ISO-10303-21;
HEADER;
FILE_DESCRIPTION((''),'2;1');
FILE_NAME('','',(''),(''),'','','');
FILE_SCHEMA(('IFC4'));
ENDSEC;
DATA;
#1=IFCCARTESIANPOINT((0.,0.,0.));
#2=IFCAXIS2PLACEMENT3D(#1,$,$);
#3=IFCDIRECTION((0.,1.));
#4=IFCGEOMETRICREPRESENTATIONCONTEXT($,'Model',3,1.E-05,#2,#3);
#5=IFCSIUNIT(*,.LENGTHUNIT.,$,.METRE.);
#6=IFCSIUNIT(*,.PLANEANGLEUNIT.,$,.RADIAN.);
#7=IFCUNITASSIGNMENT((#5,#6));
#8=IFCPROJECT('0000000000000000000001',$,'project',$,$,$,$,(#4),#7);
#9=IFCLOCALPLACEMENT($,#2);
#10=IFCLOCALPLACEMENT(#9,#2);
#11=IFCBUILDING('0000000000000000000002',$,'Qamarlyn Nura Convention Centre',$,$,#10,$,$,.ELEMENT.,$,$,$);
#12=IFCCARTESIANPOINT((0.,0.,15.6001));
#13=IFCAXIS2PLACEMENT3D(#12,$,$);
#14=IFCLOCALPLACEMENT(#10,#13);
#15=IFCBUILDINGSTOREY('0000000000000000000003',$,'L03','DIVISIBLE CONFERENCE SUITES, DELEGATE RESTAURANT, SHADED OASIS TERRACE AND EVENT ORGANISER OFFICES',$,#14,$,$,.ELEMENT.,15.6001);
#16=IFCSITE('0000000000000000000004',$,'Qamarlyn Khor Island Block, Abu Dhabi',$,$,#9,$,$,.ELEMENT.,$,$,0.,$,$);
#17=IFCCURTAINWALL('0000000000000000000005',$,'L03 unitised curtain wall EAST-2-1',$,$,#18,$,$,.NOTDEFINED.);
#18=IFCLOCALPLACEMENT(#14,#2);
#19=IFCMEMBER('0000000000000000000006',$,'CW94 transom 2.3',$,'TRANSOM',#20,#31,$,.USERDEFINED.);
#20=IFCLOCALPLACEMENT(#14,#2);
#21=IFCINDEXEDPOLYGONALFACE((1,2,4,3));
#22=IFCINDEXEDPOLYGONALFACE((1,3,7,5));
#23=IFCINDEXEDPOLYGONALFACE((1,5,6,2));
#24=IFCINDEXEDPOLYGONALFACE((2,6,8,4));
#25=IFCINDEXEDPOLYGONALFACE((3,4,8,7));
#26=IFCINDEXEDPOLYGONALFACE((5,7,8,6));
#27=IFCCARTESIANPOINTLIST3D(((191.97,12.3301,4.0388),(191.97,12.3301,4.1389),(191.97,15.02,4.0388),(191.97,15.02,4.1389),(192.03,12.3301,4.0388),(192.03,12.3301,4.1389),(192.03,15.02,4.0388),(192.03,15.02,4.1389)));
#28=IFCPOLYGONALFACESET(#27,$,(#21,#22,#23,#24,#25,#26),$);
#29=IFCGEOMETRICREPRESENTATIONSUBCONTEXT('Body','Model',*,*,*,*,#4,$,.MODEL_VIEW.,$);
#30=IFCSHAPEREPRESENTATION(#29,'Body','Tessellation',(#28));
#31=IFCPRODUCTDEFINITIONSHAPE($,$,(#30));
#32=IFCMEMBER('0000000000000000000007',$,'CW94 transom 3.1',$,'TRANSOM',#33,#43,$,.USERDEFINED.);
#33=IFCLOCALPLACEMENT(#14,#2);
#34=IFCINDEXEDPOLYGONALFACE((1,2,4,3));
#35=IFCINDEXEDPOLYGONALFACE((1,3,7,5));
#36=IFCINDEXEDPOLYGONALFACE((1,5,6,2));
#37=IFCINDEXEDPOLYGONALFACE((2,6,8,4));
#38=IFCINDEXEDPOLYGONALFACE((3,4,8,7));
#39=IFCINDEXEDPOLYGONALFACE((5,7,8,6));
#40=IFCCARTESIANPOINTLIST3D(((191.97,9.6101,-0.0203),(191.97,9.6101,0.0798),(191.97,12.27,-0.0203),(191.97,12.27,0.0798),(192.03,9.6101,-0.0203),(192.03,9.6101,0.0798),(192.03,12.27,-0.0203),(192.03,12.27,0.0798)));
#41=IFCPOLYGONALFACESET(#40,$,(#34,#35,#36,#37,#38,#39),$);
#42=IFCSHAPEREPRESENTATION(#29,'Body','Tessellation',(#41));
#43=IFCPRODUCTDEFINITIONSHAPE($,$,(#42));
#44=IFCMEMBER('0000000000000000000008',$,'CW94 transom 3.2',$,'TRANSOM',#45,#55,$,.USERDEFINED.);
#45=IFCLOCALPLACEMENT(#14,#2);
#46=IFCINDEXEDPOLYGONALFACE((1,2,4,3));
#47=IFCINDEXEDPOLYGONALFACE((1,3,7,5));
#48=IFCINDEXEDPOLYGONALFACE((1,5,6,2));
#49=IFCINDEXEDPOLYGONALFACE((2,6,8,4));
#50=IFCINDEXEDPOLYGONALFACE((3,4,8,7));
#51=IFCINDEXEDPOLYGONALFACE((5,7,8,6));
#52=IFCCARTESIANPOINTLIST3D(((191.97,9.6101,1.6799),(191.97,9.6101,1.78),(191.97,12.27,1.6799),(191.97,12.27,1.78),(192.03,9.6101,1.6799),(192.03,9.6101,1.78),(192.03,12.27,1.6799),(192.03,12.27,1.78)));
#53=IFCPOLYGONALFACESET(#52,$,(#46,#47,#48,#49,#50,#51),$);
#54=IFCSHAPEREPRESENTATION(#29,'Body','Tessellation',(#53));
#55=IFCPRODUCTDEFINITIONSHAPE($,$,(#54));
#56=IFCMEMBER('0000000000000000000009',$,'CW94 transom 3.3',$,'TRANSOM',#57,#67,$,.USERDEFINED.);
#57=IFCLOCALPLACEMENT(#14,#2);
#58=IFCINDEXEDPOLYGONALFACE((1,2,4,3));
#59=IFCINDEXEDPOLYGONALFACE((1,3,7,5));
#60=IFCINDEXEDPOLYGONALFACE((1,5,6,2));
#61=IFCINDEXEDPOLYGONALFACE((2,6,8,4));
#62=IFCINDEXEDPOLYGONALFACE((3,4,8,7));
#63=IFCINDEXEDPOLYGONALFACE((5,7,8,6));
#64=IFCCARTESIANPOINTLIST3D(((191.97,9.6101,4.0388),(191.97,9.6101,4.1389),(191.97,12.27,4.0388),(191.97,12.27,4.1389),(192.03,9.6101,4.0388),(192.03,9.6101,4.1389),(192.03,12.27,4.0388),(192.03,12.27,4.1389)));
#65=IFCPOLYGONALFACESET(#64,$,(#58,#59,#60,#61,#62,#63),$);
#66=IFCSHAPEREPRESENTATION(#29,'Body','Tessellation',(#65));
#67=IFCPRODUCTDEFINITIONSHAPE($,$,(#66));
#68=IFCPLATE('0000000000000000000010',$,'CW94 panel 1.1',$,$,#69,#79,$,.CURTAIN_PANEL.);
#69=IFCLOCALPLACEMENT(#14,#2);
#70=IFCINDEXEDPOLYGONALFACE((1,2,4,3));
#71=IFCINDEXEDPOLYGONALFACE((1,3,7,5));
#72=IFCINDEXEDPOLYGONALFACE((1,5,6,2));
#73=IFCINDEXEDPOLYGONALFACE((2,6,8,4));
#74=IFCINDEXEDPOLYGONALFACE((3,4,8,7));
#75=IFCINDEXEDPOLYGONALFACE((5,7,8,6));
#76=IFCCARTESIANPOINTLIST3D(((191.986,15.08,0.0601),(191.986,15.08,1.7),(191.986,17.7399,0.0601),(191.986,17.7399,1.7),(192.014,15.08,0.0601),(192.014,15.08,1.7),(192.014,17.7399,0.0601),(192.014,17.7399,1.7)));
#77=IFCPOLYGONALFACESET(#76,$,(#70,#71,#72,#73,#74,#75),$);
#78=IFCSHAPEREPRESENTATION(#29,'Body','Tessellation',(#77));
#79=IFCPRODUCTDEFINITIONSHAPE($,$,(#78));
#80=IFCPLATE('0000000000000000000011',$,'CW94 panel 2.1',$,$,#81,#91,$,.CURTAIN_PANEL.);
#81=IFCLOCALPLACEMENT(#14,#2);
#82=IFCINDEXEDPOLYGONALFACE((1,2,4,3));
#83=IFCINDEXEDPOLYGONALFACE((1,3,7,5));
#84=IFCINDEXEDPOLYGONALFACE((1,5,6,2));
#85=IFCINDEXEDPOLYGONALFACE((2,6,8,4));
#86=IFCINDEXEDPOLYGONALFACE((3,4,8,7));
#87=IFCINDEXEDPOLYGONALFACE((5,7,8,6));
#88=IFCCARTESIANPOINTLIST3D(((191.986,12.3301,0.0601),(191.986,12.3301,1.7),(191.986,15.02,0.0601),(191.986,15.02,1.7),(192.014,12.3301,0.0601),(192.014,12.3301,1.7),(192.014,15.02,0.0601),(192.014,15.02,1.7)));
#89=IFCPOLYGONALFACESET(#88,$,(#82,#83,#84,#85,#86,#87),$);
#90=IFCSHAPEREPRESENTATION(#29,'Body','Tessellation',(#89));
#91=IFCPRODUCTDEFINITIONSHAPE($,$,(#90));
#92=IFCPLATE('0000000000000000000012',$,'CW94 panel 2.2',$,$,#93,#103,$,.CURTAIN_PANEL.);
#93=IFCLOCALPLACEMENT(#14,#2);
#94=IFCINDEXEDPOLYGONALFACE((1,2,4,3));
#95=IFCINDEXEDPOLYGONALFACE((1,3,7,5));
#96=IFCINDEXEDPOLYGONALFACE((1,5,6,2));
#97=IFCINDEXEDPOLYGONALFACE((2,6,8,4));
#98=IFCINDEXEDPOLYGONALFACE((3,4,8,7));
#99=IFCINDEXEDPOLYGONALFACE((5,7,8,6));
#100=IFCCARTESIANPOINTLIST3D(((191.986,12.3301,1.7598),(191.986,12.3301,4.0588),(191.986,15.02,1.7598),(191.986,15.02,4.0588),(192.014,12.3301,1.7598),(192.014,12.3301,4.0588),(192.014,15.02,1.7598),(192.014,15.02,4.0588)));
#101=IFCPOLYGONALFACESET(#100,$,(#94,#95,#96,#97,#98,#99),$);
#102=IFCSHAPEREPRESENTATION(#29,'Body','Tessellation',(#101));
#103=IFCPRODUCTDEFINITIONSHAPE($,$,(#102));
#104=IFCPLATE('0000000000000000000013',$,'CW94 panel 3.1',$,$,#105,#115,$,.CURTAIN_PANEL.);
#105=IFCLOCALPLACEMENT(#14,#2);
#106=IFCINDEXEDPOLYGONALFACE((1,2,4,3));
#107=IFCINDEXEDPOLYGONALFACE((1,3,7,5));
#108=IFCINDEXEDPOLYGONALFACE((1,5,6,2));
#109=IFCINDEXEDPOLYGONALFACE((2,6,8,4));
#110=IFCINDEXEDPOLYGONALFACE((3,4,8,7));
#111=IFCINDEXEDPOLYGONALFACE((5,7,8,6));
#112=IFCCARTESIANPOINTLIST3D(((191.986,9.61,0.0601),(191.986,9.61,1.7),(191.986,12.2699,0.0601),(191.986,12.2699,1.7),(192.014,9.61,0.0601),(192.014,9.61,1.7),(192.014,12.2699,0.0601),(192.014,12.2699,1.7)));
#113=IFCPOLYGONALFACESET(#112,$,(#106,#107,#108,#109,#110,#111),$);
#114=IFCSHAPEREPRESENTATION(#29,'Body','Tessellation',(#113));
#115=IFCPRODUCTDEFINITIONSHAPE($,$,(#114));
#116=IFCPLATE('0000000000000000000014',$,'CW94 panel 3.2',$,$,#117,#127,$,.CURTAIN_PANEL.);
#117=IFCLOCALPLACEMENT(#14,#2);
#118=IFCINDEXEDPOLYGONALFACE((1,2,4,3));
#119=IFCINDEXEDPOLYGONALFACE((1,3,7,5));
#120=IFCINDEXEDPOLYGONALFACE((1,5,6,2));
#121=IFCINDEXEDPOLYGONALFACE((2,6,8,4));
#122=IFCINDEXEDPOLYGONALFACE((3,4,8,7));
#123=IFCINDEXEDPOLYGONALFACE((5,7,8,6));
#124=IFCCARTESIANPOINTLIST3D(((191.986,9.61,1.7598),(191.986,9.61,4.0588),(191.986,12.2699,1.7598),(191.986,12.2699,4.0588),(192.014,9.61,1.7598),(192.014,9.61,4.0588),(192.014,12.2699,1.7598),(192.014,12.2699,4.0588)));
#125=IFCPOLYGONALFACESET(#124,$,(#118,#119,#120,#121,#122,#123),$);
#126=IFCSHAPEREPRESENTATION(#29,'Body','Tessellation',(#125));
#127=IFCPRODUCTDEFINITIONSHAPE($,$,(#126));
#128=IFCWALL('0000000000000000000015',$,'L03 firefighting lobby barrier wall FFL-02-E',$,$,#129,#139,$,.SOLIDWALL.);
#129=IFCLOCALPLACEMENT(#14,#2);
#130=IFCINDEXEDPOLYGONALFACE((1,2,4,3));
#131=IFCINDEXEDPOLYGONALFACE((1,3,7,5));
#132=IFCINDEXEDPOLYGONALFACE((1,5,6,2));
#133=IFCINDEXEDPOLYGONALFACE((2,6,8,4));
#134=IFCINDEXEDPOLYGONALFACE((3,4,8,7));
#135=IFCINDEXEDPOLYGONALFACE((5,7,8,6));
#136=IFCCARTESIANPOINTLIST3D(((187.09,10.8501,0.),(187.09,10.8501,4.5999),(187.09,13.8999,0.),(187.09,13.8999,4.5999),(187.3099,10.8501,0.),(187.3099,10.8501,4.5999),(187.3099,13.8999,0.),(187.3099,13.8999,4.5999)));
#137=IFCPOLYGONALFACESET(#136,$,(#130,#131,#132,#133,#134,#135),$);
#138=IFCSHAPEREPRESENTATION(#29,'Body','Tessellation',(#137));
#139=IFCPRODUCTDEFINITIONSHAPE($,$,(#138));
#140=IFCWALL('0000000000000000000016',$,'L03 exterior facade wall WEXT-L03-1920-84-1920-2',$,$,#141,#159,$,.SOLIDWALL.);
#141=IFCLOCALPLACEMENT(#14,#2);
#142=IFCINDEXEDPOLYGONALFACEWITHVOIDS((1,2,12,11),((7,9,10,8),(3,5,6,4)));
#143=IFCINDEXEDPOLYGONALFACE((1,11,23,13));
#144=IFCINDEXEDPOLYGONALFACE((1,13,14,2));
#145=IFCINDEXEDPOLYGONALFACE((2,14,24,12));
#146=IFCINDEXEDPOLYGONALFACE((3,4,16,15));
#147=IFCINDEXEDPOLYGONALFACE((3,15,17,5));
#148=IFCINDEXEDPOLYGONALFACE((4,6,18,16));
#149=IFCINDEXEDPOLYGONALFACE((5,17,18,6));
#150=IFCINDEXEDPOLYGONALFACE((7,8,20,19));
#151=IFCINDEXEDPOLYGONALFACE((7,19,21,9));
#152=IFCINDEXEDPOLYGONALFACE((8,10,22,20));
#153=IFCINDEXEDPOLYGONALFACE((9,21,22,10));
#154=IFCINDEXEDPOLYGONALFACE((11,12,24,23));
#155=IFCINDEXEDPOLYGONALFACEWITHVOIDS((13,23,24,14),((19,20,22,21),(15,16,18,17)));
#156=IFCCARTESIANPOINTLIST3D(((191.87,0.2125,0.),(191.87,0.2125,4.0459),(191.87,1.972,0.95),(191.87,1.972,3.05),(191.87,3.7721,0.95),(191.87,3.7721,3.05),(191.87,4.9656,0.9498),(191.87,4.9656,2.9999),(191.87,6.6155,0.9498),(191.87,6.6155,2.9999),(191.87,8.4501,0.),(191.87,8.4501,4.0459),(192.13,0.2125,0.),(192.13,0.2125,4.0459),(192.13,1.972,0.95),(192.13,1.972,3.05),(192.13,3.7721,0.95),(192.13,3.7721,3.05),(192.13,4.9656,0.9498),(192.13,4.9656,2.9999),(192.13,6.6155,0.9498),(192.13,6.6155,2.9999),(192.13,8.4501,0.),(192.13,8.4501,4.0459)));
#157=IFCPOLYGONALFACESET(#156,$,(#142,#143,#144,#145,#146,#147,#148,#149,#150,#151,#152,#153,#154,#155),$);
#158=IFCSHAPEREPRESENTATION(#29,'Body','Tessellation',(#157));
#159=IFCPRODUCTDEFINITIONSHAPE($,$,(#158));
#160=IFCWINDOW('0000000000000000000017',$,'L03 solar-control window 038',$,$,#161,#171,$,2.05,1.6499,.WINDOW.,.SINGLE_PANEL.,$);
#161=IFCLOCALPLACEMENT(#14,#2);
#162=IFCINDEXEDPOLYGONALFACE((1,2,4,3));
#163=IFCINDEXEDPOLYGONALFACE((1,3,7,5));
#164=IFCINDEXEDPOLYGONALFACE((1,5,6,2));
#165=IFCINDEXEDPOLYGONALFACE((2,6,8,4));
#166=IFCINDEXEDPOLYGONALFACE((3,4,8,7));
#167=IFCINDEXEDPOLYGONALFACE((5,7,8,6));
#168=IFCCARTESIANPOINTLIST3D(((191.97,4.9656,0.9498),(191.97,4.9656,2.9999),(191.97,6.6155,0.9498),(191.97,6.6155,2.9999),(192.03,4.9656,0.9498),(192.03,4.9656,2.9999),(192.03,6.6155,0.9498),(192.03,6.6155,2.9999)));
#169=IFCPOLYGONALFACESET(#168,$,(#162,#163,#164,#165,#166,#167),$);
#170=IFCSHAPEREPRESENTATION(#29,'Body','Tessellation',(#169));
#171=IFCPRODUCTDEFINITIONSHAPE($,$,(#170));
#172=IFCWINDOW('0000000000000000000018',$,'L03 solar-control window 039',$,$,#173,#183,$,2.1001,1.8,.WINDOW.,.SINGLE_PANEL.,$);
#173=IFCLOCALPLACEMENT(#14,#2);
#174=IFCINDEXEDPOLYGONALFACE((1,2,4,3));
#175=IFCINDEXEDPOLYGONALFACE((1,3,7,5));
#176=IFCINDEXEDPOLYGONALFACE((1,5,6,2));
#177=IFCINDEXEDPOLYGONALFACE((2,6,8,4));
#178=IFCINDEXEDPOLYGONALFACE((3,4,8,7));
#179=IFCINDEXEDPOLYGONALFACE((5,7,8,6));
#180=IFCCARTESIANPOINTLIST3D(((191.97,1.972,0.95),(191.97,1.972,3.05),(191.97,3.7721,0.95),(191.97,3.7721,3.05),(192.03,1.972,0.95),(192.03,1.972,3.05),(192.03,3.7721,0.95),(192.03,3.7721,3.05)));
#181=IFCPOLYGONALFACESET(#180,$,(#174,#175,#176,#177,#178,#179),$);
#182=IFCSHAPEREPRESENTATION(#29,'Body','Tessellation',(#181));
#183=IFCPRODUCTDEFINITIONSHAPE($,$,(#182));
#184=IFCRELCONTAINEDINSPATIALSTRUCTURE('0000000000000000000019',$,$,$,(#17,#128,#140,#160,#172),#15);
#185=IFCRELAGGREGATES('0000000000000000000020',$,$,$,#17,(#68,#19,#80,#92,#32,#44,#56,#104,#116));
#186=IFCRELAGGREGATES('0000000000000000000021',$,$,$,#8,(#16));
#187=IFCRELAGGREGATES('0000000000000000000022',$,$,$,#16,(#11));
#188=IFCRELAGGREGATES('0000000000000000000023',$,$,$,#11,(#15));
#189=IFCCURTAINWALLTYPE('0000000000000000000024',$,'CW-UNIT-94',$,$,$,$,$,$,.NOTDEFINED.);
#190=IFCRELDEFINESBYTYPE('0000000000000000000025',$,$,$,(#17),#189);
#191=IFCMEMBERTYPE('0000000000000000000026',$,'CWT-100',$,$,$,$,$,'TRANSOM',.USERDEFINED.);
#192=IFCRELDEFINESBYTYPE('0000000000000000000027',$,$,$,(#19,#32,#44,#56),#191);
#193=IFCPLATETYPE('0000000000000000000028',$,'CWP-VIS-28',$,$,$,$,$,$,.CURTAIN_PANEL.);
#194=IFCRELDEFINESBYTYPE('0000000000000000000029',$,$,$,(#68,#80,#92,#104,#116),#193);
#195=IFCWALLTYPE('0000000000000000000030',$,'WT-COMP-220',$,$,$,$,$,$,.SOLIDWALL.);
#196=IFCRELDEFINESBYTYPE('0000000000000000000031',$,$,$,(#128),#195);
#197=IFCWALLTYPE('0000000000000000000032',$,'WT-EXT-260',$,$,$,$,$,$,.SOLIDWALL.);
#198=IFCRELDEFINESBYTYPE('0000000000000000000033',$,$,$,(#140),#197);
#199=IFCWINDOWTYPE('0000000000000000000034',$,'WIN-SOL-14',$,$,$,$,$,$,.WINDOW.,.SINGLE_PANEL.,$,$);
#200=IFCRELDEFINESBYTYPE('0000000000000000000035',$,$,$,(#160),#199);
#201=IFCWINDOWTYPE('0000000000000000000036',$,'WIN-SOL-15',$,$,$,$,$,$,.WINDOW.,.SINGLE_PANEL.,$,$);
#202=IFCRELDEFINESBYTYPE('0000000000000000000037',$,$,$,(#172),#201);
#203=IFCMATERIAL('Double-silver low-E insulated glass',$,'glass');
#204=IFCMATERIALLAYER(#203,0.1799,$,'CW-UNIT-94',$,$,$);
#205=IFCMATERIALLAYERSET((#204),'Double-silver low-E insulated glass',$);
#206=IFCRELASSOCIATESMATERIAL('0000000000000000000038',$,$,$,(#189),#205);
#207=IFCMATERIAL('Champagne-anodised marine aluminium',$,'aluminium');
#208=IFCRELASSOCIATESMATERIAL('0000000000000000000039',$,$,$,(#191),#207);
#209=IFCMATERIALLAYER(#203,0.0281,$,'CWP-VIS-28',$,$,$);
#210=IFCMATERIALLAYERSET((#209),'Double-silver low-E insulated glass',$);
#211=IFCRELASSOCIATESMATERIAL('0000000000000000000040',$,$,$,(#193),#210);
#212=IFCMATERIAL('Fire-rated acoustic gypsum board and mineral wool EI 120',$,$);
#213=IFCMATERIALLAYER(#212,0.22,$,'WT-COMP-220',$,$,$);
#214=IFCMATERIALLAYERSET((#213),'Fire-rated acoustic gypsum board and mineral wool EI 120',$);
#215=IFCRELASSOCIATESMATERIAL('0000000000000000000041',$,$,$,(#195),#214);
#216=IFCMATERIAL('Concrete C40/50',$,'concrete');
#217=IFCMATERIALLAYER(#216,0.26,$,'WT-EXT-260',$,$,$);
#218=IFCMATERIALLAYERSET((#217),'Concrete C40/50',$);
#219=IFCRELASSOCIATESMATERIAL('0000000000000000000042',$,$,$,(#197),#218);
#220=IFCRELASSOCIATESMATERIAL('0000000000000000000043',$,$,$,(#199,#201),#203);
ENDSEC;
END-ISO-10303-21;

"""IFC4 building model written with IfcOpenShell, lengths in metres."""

from ifc_helpers import new_model, si_unit, direction, frame, frame_2d, origin, origin_2d, place, context, subcontext, project, spatial, rectangle, extrude, material, layer, layer_set, material_profile, profile_set, type_object, element, fill, aggregate, save


model = new_model("IFC4")

# Units and contexts
model_context = context("Model", 3, precision=1e-05, world=origin(), true_north=direction((0.0, 1.0)))
body_context = subcontext(model_context, "Body", "Model", "MODEL_VIEW")
ifc_project = project(units=[si_unit("LENGTHUNIT", "METRE"), si_unit("PLANEANGLEUNIT", "RADIAN")], contexts=[model_context])

# Site, building, storey
site_placement = place(None, origin())
site = spatial("IfcSite", under=ifc_project, at=site_placement, Name="Qamarlyn Khor Island Block, Abu Dhabi", CompositionType="ELEMENT", RefElevation=0.0)
building_placement = place(site_placement, origin())
building = spatial("IfcBuilding", under=site, at=building_placement, Name="Qamarlyn Nura Convention Centre", CompositionType="ELEMENT")
storey_placement = place(building_placement, frame((0.0, 0.0, 15.6001)))
storey = spatial("IfcBuildingStorey", under=building, at=storey_placement, Name="L03", Description="DIVISIBLE CONFERENCE SUITES, DELEGATE RESTAURANT, SHADED OASIS TERRACE AND EVENT ORGANISER OFFICES", CompositionType="ELEMENT", Elevation=15.6001)

# Curtain wall, members, plates
ifc_material_1 = material(Name="Double-silver low-E insulated glass", Category="glass")
ifc_layer_1 = layer(ifc_material_1, 0.1799, Name="CW-UNIT-94")
ifc_layer_set_1 = layer_set([ifc_layer_1], Name="Double-silver low-E insulated glass")
curtain_wall_type = type_object("IfcCurtainWallType", Name="CW-UNIT-94", PredefinedType="NOTDEFINED", material=ifc_layer_set_1)
curtain_wall_placement = place(storey_placement, origin())
curtain_wall = element("IfcCurtainWall", 1, at=curtain_wall_placement, inside=storey, type_object=curtain_wall_type, Name="L03 unitised curtain wall EAST-2-1", PredefinedType="NOTDEFINED")
ifc_material_2 = material(Name="Champagne-anodised marine aluminium", Category="aluminium")
ifc_material_profile_1 = material_profile(ifc_material_2, rectangle(XDim=0.0601, YDim=0.1001, at=origin_2d()), Name="ALU TRANSOM 60x100")
ifc_profile_set_1 = profile_set([ifc_material_profile_1], Name="Champagne-anodised marine aluminium")
member_type_1 = type_object("IfcMemberType", Name="CWT-100", ElementType="TRANSOM", PredefinedType="USERDEFINED", material=ifc_profile_set_1)
member_1_placement = place(storey_placement, frame((192.0, 15.02, 4.0889), z_axis=(0.0, -1.0, 0.0), x_axis=(1.0, 0.0, 0.0)))
member_1 = element("IfcMember", 2, at=member_1_placement, type_object=member_type_1, Name="CW94 transom 2.3", ObjectType="TRANSOM", PredefinedType="USERDEFINED", context=body_context, shape_type="SweptSolid", body=[
    extrude(rectangle(XDim=0.0601, YDim=0.1001, at=origin_2d()), origin(), (0.0, 0.0, 1.0), 2.6899),
])
member_2_placement = place(storey_placement, frame((192.0, 12.27, 0.0298), z_axis=(0.0, -1.0, 0.0), x_axis=(1.0, 0.0, 0.0)))
member_2 = element("IfcMember", 3, at=member_2_placement, type_object=member_type_1, Name="CW94 transom 3.1", ObjectType="TRANSOM", PredefinedType="USERDEFINED", context=body_context, shape_type="SweptSolid", body=[
    extrude(rectangle(XDim=0.0601, YDim=0.1001, at=origin_2d()), origin(), (0.0, 0.0, 1.0), 2.6599),
])
member_3_placement = place(storey_placement, frame((192.0, 12.27, 1.73), z_axis=(0.0, -1.0, 0.0), x_axis=(1.0, 0.0, 0.0)))
member_3 = element("IfcMember", 4, at=member_3_placement, type_object=member_type_1, Name="CW94 transom 3.2", ObjectType="TRANSOM", PredefinedType="USERDEFINED", context=body_context, shape_type="SweptSolid", body=[
    extrude(rectangle(XDim=0.0601, YDim=0.1001, at=origin_2d()), origin(), (0.0, 0.0, 1.0), 2.6599),
])
member_4_placement = place(storey_placement, frame((192.0, 12.27, 4.0889), z_axis=(0.0, -1.0, 0.0), x_axis=(1.0, 0.0, 0.0)))
member_4 = element("IfcMember", 5, at=member_4_placement, type_object=member_type_1, Name="CW94 transom 3.3", ObjectType="TRANSOM", PredefinedType="USERDEFINED", context=body_context, shape_type="SweptSolid", body=[
    extrude(rectangle(XDim=0.0601, YDim=0.1001, at=origin_2d()), origin(), (0.0, 0.0, 1.0), 2.6599),
])
ifc_layer_2 = layer(ifc_material_1, 0.0281, Name="CWP-VIS-28")
ifc_layer_set_2 = layer_set([ifc_layer_2], Name="Double-silver low-E insulated glass")
plate_type = type_object("IfcPlateType", Name="CWP-VIS-28", PredefinedType="CURTAIN_PANEL", material=ifc_layer_set_2)
plate_1_placement = place(storey_placement, frame((192.0, 16.4099, 0.0601), z_axis=(0.0, 0.0, 1.0), x_axis=(0.0, -1.0, 0.0)))
plate_1 = element("IfcPlate", 6, at=plate_1_placement, type_object=plate_type, Name="CW94 panel 1.1", PredefinedType="CURTAIN_PANEL", context=body_context, shape_type="SweptSolid", body=[
    extrude(rectangle(XDim=2.6599, YDim=0.0281, at=origin_2d()), origin(), (0.0, 0.0, 1.0), 1.6399),
])
plate_2_placement = place(storey_placement, frame((192.0, 13.675, 0.0601), z_axis=(0.0, 0.0, 1.0), x_axis=(0.0, -1.0, 0.0)))
plate_2 = element("IfcPlate", 7, at=plate_2_placement, type_object=plate_type, Name="CW94 panel 2.1", PredefinedType="CURTAIN_PANEL", context=body_context, shape_type="SweptSolid", body=[
    extrude(rectangle(XDim=2.6899, YDim=0.0281, at=origin_2d()), origin(), (0.0, 0.0, 1.0), 1.6399),
])
plate_3_placement = place(storey_placement, frame((192.0, 13.675, 1.7598), z_axis=(0.0, 0.0, 1.0), x_axis=(0.0, -1.0, 0.0)))
plate_3 = element("IfcPlate", 8, at=plate_3_placement, type_object=plate_type, Name="CW94 panel 2.2", PredefinedType="CURTAIN_PANEL", context=body_context, shape_type="SweptSolid", body=[
    extrude(rectangle(XDim=2.6899, YDim=0.0281, at=origin_2d()), origin(), (0.0, 0.0, 1.0), 2.2991),
])
plate_4_placement = place(storey_placement, frame((192.0, 10.9399, 0.0601), z_axis=(0.0, 0.0, 1.0), x_axis=(0.0, -1.0, 0.0)))
plate_4 = element("IfcPlate", 9, at=plate_4_placement, type_object=plate_type, Name="CW94 panel 3.1", PredefinedType="CURTAIN_PANEL", context=body_context, shape_type="SweptSolid", body=[
    extrude(rectangle(XDim=2.6599, YDim=0.0281, at=origin_2d()), origin(), (0.0, 0.0, 1.0), 1.6399),
])
plate_5_placement = place(storey_placement, frame((192.0, 10.9399, 1.7598), z_axis=(0.0, 0.0, 1.0), x_axis=(0.0, -1.0, 0.0)))
plate_5 = element("IfcPlate", 10, at=plate_5_placement, type_object=plate_type, Name="CW94 panel 3.2", PredefinedType="CURTAIN_PANEL", context=body_context, shape_type="SweptSolid", body=[
    extrude(rectangle(XDim=2.6599, YDim=0.0281, at=origin_2d()), origin(), (0.0, 0.0, 1.0), 2.2991),
])
aggregate(curtain_wall, [plate_1, member_1, plate_2, plate_3, member_2, member_3, member_4, plate_4, plate_5])

# Wall
ifc_material_3 = material(Name="Fire-rated acoustic gypsum board and mineral wool EI 120")
ifc_layer_3 = layer(ifc_material_3, 0.22, Name="WT-COMP-220")
ifc_layer_set_3 = layer_set([ifc_layer_3], Name="Fire-rated acoustic gypsum board and mineral wool EI 120")
wall_type_1 = type_object("IfcWallType", Name="WT-COMP-220", PredefinedType="SOLIDWALL", material=ifc_layer_set_3)
wall_1_placement = place(storey_placement, frame((187.2, 10.8501, 0.0), z_axis=(0.0, 0.0, 1.0), x_axis=(0.0, 1.0, 0.0)))
element("IfcWall", 11, at=wall_1_placement, inside=storey, type_object=wall_type_1, Name="L03 firefighting lobby barrier wall FFL-02-E", PredefinedType="SOLIDWALL", context=body_context, shape_type="SweptSolid", body=[
    extrude(rectangle(XDim=3.0498, YDim=0.22, at=frame_2d((1.5249, 0.0))), origin(), (0.0, 0.0, 1.0), 4.5999),
])

# Wall, openings, windows
ifc_material_4 = material(Name="Concrete C40/50", Category="concrete")
ifc_layer_4 = layer(ifc_material_4, 0.26, Name="WT-EXT-260")
ifc_layer_set_4 = layer_set([ifc_layer_4], Name="Concrete C40/50")
wall_type_2 = type_object("IfcWallType", Name="WT-EXT-260", PredefinedType="SOLIDWALL", material=ifc_layer_set_4)
wall_2_placement = place(storey_placement, frame((192.0, 8.45, 0.0), z_axis=(0.0, 0.0, 1.0), x_axis=(0.0, -1.0, 0.0)))
wall_2 = element("IfcWall", 12, at=wall_2_placement, inside=storey, type_object=wall_type_2, Name="L03 exterior facade wall WEXT-L03-1920-84-1920-2", PredefinedType="SOLIDWALL", context=body_context, shape_type="SweptSolid", body=[
    extrude(rectangle(XDim=8.2375, YDim=0.26, at=frame_2d((4.1187, 0.0))), origin(), (0.0, 0.0, 1.0), 4.0459),
])
opening_1_placement = place(wall_2_placement, frame((1.8345, 0.0, 0.95)))
opening_1 = element("IfcOpeningElement", 13, at=opening_1_placement, cuts=wall_2, PredefinedType="OPENING", context=body_context, shape_type="SweptSolid", body=[
    extrude(rectangle(XDim=1.6499, YDim=2.05, at=frame_2d((0.825, 1.0249))), frame((0.0, 0.1401, 0.0), z_axis=(0.0, -1.0, 0.0), x_axis=(1.0, 0.0, 0.0)), (0.0, 0.0, 1.0), 0.28),
])
opening_2_placement = place(wall_2_placement, frame((4.678, 0.0, 0.95)))
opening_2 = element("IfcOpeningElement", 14, at=opening_2_placement, cuts=wall_2, PredefinedType="OPENING", context=body_context, shape_type="SweptSolid", body=[
    extrude(rectangle(XDim=1.8, YDim=2.1001, at=frame_2d((0.8999, 1.05))), frame((0.0, 0.1401, 0.0), z_axis=(0.0, -1.0, 0.0), x_axis=(1.0, 0.0, 0.0)), (0.0, 0.0, 1.0), 0.28),
])
window_type_1 = type_object("IfcWindowType", Name="WIN-SOL-14", PartitioningType="SINGLE_PANEL", PredefinedType="WINDOW", material=ifc_material_1)
window_1_placement = place(opening_1_placement, origin())
window_1 = element("IfcWindow", 15, at=window_1_placement, inside=storey, type_object=window_type_1, Name="L03 solar-control window 038", OverallHeight=2.05, OverallWidth=1.6499, PartitioningType="SINGLE_PANEL", PredefinedType="WINDOW", context=body_context, shape_type="SweptSolid", body=[
    extrude(rectangle(XDim=1.6499, YDim=2.05, at=frame_2d((0.825, 1.0249))), frame((0.0, 0.03, 0.0), z_axis=(0.0, -1.0, 0.0), x_axis=(1.0, 0.0, 0.0)), (0.0, 0.0, 1.0), 0.0601),
])
fill(opening_1, window_1)
window_type_2 = type_object("IfcWindowType", Name="WIN-SOL-15", PartitioningType="SINGLE_PANEL", PredefinedType="WINDOW", material=ifc_material_1)
window_2_placement = place(opening_2_placement, origin())
window_2 = element("IfcWindow", 16, at=window_2_placement, inside=storey, type_object=window_type_2, Name="L03 solar-control window 039", OverallHeight=2.1001, OverallWidth=1.8, PartitioningType="SINGLE_PANEL", PredefinedType="WINDOW", context=body_context, shape_type="SweptSolid", body=[
    extrude(rectangle(XDim=1.8, YDim=2.1001, at=frame_2d((0.8999, 1.05))), frame((0.0, 0.03, 0.0), z_axis=(0.0, -1.0, 0.0), x_axis=(1.0, 0.0, 0.0)), (0.0, 0.0, 1.0), 0.0601),
])
fill(opening_2, window_2)

save(model, "model.ifc")
